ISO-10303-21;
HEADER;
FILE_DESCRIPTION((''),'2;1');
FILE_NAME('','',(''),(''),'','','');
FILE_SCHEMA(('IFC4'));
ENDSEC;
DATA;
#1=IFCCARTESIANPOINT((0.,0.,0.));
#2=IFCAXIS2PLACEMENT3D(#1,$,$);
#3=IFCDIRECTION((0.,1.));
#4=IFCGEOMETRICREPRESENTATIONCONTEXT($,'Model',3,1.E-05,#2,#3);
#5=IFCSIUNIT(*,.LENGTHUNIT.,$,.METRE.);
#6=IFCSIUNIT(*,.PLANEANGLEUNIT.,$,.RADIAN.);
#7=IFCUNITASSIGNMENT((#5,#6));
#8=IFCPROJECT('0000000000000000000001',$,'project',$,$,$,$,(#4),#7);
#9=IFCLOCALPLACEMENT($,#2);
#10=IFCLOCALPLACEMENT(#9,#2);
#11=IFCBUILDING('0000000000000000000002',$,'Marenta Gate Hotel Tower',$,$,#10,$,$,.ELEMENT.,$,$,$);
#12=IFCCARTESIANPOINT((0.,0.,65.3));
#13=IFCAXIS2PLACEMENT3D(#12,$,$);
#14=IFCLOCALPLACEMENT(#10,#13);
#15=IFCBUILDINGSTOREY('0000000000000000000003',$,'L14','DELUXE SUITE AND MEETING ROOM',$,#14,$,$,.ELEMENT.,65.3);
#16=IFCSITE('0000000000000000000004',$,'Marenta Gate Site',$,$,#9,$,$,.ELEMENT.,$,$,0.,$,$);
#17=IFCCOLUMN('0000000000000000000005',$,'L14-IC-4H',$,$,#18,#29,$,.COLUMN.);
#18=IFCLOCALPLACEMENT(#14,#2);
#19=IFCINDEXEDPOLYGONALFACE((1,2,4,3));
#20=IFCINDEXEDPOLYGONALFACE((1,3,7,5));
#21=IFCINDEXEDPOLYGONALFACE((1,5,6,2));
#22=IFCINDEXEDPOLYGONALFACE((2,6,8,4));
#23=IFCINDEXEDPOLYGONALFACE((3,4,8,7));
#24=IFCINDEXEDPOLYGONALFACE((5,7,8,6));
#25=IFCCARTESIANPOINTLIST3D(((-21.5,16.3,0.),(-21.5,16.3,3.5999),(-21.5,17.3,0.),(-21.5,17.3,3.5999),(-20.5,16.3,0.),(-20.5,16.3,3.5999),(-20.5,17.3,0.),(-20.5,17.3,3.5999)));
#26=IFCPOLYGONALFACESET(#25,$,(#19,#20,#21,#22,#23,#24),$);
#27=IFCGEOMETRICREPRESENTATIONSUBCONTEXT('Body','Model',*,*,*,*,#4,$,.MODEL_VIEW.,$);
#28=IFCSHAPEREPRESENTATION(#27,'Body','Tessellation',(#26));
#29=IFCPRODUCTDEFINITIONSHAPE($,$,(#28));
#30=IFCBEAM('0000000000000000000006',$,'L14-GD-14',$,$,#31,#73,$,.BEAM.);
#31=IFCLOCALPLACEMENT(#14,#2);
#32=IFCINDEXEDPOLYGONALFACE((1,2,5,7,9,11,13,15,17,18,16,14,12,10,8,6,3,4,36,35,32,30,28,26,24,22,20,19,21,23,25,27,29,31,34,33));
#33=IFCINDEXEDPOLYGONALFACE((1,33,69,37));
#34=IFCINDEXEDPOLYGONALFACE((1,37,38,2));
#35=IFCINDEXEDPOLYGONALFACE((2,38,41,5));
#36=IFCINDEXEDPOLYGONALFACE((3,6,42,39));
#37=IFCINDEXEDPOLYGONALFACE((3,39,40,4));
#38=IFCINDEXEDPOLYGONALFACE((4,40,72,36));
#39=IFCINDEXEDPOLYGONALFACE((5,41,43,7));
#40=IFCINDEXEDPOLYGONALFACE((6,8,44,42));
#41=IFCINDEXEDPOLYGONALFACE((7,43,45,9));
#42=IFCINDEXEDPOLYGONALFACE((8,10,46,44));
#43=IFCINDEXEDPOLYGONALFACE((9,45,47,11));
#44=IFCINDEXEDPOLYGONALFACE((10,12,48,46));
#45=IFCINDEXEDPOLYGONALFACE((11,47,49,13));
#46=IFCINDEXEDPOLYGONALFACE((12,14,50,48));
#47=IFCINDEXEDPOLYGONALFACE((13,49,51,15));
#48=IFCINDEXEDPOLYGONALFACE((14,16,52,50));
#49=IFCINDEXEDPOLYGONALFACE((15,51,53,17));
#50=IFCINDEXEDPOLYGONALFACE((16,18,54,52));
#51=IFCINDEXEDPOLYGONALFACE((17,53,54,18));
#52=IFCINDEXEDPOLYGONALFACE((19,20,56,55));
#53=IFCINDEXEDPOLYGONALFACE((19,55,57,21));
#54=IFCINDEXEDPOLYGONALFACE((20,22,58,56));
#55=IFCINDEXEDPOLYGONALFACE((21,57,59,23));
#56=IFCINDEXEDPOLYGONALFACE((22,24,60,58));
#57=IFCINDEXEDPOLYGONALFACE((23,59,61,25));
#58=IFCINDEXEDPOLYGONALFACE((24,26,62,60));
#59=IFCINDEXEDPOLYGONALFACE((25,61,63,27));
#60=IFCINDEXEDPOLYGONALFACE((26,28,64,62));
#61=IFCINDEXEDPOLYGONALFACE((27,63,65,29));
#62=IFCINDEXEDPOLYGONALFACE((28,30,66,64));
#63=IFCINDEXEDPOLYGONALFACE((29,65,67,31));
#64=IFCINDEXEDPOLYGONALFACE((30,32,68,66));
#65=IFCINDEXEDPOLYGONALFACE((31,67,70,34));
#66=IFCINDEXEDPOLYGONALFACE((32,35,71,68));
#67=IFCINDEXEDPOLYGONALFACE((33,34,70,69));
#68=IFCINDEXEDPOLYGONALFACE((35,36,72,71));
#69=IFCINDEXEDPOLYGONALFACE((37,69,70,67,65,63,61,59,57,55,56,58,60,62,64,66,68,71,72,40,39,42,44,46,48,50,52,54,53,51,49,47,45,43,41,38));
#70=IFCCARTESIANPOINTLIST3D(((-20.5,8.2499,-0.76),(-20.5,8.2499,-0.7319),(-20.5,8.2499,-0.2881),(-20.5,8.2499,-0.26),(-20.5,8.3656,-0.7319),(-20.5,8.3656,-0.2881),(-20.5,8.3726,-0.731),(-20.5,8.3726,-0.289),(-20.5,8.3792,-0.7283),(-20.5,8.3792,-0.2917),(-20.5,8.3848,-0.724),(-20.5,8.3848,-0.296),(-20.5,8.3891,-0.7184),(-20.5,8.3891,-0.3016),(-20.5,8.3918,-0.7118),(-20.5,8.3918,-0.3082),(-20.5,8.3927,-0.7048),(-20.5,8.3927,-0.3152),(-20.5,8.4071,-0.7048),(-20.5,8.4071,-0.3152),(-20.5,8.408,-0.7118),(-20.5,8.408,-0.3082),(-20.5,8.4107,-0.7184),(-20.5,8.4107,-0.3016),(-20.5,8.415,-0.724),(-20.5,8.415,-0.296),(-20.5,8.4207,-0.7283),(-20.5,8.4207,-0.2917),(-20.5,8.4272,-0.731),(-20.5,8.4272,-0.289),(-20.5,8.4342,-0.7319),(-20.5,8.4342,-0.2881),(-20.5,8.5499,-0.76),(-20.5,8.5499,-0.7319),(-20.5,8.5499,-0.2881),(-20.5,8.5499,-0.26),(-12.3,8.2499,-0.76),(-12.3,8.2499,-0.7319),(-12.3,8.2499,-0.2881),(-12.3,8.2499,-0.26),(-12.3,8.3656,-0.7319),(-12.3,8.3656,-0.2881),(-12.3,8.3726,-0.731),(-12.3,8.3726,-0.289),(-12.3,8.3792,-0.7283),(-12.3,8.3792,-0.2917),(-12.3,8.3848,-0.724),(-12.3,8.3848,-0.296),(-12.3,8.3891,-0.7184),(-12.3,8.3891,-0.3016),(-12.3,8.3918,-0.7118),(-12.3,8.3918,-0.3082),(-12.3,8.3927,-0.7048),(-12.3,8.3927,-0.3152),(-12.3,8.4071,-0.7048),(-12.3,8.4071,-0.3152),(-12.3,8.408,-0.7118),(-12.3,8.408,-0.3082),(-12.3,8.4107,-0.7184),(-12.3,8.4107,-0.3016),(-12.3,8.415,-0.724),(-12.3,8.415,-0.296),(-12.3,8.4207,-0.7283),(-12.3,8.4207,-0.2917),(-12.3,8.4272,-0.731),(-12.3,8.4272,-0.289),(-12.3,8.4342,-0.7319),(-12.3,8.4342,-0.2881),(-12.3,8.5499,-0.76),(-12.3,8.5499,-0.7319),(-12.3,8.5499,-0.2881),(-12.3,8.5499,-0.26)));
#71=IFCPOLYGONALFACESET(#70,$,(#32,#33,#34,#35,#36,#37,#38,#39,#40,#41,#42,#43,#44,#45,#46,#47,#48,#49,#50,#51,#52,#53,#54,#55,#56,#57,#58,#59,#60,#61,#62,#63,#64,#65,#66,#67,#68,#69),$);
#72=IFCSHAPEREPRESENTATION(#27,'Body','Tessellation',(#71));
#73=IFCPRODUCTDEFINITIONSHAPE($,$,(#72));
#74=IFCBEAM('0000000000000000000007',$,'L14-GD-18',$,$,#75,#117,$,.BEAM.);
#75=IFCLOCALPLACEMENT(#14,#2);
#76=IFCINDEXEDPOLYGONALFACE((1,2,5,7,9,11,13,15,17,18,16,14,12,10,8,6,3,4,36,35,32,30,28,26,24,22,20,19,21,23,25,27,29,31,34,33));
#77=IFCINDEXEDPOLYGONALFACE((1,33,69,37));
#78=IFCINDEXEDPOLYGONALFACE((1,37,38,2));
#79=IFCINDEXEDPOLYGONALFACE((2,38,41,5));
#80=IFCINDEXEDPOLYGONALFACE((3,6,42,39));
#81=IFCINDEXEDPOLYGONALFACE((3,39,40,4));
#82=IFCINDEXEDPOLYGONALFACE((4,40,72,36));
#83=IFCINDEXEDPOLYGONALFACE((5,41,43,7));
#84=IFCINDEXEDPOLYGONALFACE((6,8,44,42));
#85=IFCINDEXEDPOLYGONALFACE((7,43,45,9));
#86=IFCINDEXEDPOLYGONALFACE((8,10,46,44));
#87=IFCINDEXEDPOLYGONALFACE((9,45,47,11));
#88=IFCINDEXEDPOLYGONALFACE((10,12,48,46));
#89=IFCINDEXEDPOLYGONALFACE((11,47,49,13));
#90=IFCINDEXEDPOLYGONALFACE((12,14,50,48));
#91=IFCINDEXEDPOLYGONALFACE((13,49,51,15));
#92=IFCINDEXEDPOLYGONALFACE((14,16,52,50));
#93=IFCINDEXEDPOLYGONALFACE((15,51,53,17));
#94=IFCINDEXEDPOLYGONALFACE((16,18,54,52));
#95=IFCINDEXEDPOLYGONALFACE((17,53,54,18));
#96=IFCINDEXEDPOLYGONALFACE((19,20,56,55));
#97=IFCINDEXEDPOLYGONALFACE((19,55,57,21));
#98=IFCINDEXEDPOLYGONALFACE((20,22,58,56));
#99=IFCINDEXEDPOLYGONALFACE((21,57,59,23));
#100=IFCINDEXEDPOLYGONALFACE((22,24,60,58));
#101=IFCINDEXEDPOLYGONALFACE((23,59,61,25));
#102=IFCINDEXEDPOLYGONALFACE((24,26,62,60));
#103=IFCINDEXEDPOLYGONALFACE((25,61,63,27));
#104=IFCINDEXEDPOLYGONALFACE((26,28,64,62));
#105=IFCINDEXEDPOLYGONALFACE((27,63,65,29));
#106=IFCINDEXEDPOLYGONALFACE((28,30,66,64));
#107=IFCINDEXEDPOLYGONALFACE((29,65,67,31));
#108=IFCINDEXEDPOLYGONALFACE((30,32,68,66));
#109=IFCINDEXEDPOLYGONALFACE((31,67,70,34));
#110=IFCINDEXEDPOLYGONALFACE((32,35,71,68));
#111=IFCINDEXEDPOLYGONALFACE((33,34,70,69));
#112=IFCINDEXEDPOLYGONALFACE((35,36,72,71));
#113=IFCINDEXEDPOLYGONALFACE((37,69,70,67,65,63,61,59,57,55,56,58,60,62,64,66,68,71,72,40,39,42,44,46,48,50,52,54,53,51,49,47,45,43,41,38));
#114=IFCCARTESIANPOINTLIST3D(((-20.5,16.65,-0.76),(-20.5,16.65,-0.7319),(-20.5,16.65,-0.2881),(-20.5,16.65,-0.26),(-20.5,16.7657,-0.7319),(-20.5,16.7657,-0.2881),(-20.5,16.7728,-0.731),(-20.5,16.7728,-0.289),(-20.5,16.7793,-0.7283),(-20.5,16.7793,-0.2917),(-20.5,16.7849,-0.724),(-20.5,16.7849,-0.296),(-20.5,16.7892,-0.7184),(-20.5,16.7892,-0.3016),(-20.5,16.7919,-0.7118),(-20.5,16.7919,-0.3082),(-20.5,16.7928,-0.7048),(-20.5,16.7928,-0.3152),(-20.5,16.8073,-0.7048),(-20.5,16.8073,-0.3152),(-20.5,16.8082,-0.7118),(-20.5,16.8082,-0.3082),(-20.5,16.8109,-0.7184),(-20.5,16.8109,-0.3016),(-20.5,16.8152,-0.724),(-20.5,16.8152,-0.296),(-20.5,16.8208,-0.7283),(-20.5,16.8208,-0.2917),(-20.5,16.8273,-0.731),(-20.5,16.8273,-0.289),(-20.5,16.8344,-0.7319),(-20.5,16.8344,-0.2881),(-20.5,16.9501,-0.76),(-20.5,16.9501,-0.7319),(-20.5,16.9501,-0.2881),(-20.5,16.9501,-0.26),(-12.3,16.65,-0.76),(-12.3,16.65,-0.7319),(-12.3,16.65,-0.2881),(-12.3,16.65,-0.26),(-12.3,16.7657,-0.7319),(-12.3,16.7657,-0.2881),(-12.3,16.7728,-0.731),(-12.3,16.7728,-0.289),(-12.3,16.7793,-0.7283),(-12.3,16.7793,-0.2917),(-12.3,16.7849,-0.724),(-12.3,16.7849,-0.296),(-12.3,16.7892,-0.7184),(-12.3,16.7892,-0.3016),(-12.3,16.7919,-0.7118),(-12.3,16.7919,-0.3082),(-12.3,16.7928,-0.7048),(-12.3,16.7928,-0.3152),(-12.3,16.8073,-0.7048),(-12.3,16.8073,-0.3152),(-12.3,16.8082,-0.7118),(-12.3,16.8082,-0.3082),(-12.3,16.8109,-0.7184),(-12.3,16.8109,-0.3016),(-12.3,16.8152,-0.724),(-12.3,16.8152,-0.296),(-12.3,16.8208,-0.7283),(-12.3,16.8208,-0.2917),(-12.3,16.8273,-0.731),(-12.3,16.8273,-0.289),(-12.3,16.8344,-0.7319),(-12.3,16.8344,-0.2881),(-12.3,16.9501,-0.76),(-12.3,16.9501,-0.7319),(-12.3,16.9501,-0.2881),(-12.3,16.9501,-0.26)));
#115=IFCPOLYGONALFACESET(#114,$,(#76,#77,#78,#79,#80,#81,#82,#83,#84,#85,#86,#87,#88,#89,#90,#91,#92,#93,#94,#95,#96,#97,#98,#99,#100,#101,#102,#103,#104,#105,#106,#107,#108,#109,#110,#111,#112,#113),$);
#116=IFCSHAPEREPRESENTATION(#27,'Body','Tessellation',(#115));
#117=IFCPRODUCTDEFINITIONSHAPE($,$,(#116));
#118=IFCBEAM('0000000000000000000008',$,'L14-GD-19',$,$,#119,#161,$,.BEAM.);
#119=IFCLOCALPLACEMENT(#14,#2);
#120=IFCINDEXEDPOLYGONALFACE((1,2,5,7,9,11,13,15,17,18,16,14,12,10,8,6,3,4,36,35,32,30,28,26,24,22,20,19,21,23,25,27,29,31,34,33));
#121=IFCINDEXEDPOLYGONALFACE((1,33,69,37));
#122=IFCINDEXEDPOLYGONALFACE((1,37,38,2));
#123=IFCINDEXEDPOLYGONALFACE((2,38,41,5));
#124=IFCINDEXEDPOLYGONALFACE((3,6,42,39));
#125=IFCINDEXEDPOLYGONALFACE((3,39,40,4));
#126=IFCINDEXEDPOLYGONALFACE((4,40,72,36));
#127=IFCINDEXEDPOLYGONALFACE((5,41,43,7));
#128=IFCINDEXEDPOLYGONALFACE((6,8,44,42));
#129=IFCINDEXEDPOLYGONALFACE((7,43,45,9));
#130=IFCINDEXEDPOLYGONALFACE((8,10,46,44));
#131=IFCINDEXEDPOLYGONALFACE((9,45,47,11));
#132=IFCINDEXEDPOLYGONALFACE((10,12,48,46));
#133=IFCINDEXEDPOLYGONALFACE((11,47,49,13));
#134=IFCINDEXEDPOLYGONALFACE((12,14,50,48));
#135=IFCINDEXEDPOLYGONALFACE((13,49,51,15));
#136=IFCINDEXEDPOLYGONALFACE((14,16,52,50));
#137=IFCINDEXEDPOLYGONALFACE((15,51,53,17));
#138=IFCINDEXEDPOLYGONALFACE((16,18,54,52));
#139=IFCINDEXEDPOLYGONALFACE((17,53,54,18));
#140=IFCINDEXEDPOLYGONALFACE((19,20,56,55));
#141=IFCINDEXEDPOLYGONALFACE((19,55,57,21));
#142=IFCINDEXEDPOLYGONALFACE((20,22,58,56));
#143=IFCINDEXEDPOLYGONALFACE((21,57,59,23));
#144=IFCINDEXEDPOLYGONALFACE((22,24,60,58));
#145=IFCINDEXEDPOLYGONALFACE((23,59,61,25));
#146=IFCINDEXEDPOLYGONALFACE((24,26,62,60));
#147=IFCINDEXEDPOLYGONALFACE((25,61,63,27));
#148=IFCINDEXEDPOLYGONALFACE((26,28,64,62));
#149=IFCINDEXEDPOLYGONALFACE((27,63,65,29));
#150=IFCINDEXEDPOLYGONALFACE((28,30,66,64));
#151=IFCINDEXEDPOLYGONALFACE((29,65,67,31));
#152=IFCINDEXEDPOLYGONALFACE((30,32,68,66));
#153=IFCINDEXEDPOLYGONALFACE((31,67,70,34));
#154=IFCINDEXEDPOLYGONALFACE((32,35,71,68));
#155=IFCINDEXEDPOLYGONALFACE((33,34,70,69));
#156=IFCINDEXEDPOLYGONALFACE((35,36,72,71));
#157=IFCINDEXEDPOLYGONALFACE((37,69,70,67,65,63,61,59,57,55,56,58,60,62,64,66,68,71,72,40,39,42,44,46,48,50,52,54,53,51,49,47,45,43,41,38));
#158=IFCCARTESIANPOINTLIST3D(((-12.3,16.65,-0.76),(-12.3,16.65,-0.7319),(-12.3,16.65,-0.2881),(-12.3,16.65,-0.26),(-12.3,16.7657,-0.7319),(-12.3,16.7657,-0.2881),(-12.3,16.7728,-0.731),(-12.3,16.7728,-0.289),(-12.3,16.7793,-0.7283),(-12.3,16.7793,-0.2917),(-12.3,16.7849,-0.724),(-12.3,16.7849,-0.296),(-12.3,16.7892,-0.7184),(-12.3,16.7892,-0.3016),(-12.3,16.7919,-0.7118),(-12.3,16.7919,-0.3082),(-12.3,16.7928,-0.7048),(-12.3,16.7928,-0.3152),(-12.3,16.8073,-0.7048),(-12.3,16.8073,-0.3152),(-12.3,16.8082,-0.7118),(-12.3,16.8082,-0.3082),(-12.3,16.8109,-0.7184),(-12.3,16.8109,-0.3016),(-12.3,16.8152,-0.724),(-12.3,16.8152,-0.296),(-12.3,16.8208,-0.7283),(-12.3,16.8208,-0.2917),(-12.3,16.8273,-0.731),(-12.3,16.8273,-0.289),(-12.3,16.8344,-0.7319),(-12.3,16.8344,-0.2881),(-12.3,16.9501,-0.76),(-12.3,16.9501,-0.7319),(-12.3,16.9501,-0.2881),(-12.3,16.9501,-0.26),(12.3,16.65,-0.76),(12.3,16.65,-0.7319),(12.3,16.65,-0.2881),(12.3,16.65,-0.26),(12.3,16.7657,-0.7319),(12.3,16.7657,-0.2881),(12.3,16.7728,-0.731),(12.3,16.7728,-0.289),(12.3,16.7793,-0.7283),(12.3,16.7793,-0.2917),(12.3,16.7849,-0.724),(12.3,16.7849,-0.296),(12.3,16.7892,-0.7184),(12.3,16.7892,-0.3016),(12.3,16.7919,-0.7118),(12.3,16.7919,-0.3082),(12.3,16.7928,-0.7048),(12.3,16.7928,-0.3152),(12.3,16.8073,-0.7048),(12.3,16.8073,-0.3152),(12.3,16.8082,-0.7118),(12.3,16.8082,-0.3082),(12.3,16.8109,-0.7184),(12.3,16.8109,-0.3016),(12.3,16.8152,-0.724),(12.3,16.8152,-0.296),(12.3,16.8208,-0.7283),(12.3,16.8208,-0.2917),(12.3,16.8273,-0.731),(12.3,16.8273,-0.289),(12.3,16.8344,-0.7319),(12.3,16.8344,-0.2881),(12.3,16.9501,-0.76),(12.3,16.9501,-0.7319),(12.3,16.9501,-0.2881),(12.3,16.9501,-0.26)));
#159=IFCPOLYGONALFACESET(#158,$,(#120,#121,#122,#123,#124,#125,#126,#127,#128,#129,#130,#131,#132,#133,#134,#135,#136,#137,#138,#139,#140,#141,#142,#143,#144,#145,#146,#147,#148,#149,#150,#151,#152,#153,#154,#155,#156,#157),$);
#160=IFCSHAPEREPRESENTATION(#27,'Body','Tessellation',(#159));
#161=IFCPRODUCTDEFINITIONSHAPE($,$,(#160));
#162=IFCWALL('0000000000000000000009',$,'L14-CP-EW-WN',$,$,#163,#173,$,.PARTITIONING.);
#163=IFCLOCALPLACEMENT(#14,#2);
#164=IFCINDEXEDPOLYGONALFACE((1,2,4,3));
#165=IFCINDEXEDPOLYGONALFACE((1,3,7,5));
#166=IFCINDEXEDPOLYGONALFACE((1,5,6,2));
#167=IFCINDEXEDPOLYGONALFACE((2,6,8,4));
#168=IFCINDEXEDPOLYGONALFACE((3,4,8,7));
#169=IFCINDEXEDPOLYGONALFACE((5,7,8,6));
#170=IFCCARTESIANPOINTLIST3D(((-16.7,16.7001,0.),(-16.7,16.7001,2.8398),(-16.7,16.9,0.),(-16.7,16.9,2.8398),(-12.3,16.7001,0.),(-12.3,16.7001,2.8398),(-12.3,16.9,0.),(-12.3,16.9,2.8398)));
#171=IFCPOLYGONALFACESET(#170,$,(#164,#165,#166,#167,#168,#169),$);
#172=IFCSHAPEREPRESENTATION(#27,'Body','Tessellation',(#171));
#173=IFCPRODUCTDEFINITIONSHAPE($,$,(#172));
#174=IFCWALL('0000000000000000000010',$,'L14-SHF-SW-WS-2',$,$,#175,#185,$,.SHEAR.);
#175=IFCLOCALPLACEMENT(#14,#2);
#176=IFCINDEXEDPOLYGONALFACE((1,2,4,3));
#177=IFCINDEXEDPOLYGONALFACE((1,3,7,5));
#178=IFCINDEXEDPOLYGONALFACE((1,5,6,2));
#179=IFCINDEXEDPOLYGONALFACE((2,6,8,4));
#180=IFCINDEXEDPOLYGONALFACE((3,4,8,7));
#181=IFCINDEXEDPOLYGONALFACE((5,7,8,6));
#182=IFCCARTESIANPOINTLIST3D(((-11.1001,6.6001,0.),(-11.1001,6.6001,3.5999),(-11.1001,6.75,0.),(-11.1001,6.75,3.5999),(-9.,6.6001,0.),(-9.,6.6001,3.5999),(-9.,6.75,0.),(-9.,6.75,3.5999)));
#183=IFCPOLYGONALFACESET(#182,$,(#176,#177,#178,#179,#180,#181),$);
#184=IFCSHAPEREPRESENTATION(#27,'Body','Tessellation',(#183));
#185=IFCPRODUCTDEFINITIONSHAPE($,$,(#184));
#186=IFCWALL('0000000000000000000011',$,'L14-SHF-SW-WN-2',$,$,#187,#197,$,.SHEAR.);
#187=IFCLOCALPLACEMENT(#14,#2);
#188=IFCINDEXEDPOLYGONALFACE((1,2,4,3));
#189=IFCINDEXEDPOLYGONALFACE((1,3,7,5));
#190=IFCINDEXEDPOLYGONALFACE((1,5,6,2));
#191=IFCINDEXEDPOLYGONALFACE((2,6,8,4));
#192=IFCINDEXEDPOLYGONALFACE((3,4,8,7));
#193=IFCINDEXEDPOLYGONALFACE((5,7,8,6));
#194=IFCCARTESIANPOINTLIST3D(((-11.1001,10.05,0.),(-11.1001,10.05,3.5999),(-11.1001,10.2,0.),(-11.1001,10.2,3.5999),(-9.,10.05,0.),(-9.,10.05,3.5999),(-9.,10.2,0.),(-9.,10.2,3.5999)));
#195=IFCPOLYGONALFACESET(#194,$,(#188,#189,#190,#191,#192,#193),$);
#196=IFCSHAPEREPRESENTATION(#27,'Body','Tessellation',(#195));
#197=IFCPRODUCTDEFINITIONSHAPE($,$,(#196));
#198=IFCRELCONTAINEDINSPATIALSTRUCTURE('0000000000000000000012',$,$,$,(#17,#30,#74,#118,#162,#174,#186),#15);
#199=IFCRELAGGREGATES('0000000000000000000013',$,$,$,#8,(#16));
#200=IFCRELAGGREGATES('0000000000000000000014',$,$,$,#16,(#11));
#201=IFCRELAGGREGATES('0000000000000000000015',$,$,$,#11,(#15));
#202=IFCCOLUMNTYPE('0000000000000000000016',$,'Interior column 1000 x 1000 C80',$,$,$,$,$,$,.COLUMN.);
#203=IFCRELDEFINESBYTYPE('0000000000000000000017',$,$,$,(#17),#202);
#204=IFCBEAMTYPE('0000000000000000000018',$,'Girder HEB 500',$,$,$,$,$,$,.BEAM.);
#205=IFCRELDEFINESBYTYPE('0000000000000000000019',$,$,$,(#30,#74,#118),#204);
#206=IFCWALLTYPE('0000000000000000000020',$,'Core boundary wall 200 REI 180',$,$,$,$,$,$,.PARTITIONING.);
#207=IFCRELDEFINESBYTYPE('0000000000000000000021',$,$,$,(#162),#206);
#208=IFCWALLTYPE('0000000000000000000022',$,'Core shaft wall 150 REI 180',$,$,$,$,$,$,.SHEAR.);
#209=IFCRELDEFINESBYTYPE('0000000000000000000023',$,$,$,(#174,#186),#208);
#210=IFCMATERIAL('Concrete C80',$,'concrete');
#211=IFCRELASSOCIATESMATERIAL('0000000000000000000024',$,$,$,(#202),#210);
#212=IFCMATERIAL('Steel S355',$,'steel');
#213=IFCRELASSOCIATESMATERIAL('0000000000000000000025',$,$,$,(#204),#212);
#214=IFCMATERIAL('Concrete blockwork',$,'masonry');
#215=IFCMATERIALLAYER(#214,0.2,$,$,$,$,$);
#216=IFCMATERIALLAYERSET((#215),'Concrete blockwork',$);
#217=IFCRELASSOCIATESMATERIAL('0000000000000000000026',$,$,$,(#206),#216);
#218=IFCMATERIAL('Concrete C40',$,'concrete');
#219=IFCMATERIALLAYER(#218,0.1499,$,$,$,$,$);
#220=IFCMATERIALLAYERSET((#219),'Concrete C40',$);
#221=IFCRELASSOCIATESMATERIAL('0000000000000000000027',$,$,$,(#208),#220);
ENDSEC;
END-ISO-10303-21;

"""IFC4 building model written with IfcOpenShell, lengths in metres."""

from ifc_helpers import new_model, si_unit, direction, frame, frame_2d, origin, origin_2d, place, context, subcontext, project, spatial, rectangle, i_section, extrude, material, layer, layer_set, material_profile, profile_set, type_object, element, save


model = new_model("IFC4")

# Units and contexts
model_context = context("Model", 3, precision=1e-05, world=origin(), true_north=direction((0.0, 1.0)))
body_context = subcontext(model_context, "Body", "Model", "MODEL_VIEW")
ifc_project = project(units=[si_unit("LENGTHUNIT", "METRE"), si_unit("PLANEANGLEUNIT", "RADIAN")], contexts=[model_context])

# Site, building, storey
site_placement = place(None, origin())
site = spatial("IfcSite", under=ifc_project, at=site_placement, Name="Marenta Gate Site", CompositionType="ELEMENT", RefElevation=0.0)
building_placement = place(site_placement, origin())
building = spatial("IfcBuilding", under=site, at=building_placement, Name="Marenta Gate Hotel Tower", CompositionType="ELEMENT")
storey_placement = place(building_placement, frame((0.0, 0.0, 65.3)))
storey = spatial("IfcBuildingStorey", under=building, at=storey_placement, Name="L14", Description="DELUXE SUITE AND MEETING ROOM", CompositionType="ELEMENT", Elevation=65.3)

# Column
ifc_material_1 = material(Name="Concrete C80", Category="concrete")
ifc_material_profile_1 = material_profile(ifc_material_1, rectangle(XDim=1.0, YDim=1.0, at=origin_2d()), Name="1000 x 1000")
ifc_profile_set_1 = profile_set([ifc_material_profile_1], Name="Concrete C80")
column_type = type_object("IfcColumnType", Name="Interior column 1000 x 1000 C80", PredefinedType="COLUMN", material=ifc_profile_set_1)
column_placement = place(storey_placement, frame((-21.0, 16.8, 0.0), z_axis=(0.0, 0.0, 1.0), x_axis=(1.0, 0.0, 0.0)))
element("IfcColumn", 1, at=column_placement, inside=storey, type_object=column_type, Name="L14-IC-4H", PredefinedType="COLUMN", context=body_context, shape_type="SweptSolid", body=[
    extrude(rectangle(XDim=1.0, YDim=1.0, at=origin_2d()), origin(), (0.0, 0.0, 1.0), 3.5999),
])

# Beams
ifc_material_2 = material(Name="Steel S355", Category="steel")
ifc_material_profile_2 = material_profile(ifc_material_2, i_section(OverallWidth=0.3, OverallDepth=0.5, WebThickness=0.0144, FlangeThickness=0.0281, FilletRadius=0.0271, at=origin_2d()), Name="HEB 500")
ifc_profile_set_2 = profile_set([ifc_material_profile_2], Name="Steel S355")
beam_type = type_object("IfcBeamType", Name="Girder HEB 500", PredefinedType="BEAM", material=ifc_profile_set_2)
for number, where, z_axis, x_axis, name in (
    (2, (-20.5, 8.3999, -0.51), (1.0, 0.0, 0.0), (0.0, 1.0, 0.0), "L14-GD-14"),
    (3, (-20.5, 16.8, -0.51), (1.0, 0.0, 0.0), (0.0, 1.0, 0.0), "L14-GD-18"),
):
    element("IfcBeam", number, at=place(storey_placement, frame(where, z_axis=z_axis, x_axis=x_axis)), inside=storey, type_object=beam_type, Name=name, PredefinedType="BEAM", context=body_context, shape_type="SweptSolid", body=[
        extrude(i_section(OverallWidth=0.3, OverallDepth=0.5, WebThickness=0.0144, FlangeThickness=0.0281, FilletRadius=0.0271, at=origin_2d()), origin(), (0.0, 0.0, 1.0), 8.2),
    ])
beam_placement = place(storey_placement, frame((-12.3, 16.8, -0.51), z_axis=(1.0, 0.0, 0.0), x_axis=(0.0, 1.0, 0.0)))
element("IfcBeam", 4, at=beam_placement, inside=storey, type_object=beam_type, Name="L14-GD-19", PredefinedType="BEAM", context=body_context, shape_type="SweptSolid", body=[
    extrude(i_section(OverallWidth=0.3, OverallDepth=0.5, WebThickness=0.0144, FlangeThickness=0.0281, FilletRadius=0.0271, at=origin_2d()), origin(), (0.0, 0.0, 1.0), 24.6001),
])

# Walls
ifc_material_3 = material(Name="Concrete blockwork", Category="masonry")
ifc_layer_1 = layer(ifc_material_3, 0.2)
ifc_layer_set_1 = layer_set([ifc_layer_1], Name="Concrete blockwork")
wall_type_1 = type_object("IfcWallType", Name="Core boundary wall 200 REI 180", PredefinedType="PARTITIONING", material=ifc_layer_set_1)
wall_1_placement = place(storey_placement, frame((-16.7, 16.8, 0.0), z_axis=(0.0, 0.0, 1.0), x_axis=(1.0, 0.0, 0.0)))
element("IfcWall", 5, at=wall_1_placement, inside=storey, type_object=wall_type_1, Name="L14-CP-EW-WN", PredefinedType="PARTITIONING", context=body_context, shape_type="SweptSolid", body=[
    extrude(rectangle(XDim=4.3999, YDim=0.2, at=frame_2d((2.2, 0.0))), origin(), (0.0, 0.0, 1.0), 2.8398),
])
ifc_material_4 = material(Name="Concrete C40", Category="concrete")
ifc_layer_2 = layer(ifc_material_4, 0.1499)
ifc_layer_set_2 = layer_set([ifc_layer_2], Name="Concrete C40")
wall_type_2 = type_object("IfcWallType", Name="Core shaft wall 150 REI 180", PredefinedType="SHEAR", material=ifc_layer_set_2)
for number, where, z_axis, x_axis, name in (
    (6, (-11.1001, 6.675, 0.0), (0.0, 0.0, 1.0), (1.0, 0.0, 0.0), "L14-SHF-SW-WS-2"),
    (7, (-11.1001, 10.125, 0.0), (0.0, 0.0, 1.0), (1.0, 0.0, 0.0), "L14-SHF-SW-WN-2"),
):
    element("IfcWall", number, at=place(storey_placement, frame(where, z_axis=z_axis, x_axis=x_axis)), inside=storey, type_object=wall_type_2, Name=name, PredefinedType="SHEAR", context=body_context, shape_type="SweptSolid", body=[
        extrude(rectangle(XDim=2.1001, YDim=0.1499, at=frame_2d((1.05, 0.0))), origin(), (0.0, 0.0, 1.0), 3.5999),
    ])

save(model, "model.ifc")
